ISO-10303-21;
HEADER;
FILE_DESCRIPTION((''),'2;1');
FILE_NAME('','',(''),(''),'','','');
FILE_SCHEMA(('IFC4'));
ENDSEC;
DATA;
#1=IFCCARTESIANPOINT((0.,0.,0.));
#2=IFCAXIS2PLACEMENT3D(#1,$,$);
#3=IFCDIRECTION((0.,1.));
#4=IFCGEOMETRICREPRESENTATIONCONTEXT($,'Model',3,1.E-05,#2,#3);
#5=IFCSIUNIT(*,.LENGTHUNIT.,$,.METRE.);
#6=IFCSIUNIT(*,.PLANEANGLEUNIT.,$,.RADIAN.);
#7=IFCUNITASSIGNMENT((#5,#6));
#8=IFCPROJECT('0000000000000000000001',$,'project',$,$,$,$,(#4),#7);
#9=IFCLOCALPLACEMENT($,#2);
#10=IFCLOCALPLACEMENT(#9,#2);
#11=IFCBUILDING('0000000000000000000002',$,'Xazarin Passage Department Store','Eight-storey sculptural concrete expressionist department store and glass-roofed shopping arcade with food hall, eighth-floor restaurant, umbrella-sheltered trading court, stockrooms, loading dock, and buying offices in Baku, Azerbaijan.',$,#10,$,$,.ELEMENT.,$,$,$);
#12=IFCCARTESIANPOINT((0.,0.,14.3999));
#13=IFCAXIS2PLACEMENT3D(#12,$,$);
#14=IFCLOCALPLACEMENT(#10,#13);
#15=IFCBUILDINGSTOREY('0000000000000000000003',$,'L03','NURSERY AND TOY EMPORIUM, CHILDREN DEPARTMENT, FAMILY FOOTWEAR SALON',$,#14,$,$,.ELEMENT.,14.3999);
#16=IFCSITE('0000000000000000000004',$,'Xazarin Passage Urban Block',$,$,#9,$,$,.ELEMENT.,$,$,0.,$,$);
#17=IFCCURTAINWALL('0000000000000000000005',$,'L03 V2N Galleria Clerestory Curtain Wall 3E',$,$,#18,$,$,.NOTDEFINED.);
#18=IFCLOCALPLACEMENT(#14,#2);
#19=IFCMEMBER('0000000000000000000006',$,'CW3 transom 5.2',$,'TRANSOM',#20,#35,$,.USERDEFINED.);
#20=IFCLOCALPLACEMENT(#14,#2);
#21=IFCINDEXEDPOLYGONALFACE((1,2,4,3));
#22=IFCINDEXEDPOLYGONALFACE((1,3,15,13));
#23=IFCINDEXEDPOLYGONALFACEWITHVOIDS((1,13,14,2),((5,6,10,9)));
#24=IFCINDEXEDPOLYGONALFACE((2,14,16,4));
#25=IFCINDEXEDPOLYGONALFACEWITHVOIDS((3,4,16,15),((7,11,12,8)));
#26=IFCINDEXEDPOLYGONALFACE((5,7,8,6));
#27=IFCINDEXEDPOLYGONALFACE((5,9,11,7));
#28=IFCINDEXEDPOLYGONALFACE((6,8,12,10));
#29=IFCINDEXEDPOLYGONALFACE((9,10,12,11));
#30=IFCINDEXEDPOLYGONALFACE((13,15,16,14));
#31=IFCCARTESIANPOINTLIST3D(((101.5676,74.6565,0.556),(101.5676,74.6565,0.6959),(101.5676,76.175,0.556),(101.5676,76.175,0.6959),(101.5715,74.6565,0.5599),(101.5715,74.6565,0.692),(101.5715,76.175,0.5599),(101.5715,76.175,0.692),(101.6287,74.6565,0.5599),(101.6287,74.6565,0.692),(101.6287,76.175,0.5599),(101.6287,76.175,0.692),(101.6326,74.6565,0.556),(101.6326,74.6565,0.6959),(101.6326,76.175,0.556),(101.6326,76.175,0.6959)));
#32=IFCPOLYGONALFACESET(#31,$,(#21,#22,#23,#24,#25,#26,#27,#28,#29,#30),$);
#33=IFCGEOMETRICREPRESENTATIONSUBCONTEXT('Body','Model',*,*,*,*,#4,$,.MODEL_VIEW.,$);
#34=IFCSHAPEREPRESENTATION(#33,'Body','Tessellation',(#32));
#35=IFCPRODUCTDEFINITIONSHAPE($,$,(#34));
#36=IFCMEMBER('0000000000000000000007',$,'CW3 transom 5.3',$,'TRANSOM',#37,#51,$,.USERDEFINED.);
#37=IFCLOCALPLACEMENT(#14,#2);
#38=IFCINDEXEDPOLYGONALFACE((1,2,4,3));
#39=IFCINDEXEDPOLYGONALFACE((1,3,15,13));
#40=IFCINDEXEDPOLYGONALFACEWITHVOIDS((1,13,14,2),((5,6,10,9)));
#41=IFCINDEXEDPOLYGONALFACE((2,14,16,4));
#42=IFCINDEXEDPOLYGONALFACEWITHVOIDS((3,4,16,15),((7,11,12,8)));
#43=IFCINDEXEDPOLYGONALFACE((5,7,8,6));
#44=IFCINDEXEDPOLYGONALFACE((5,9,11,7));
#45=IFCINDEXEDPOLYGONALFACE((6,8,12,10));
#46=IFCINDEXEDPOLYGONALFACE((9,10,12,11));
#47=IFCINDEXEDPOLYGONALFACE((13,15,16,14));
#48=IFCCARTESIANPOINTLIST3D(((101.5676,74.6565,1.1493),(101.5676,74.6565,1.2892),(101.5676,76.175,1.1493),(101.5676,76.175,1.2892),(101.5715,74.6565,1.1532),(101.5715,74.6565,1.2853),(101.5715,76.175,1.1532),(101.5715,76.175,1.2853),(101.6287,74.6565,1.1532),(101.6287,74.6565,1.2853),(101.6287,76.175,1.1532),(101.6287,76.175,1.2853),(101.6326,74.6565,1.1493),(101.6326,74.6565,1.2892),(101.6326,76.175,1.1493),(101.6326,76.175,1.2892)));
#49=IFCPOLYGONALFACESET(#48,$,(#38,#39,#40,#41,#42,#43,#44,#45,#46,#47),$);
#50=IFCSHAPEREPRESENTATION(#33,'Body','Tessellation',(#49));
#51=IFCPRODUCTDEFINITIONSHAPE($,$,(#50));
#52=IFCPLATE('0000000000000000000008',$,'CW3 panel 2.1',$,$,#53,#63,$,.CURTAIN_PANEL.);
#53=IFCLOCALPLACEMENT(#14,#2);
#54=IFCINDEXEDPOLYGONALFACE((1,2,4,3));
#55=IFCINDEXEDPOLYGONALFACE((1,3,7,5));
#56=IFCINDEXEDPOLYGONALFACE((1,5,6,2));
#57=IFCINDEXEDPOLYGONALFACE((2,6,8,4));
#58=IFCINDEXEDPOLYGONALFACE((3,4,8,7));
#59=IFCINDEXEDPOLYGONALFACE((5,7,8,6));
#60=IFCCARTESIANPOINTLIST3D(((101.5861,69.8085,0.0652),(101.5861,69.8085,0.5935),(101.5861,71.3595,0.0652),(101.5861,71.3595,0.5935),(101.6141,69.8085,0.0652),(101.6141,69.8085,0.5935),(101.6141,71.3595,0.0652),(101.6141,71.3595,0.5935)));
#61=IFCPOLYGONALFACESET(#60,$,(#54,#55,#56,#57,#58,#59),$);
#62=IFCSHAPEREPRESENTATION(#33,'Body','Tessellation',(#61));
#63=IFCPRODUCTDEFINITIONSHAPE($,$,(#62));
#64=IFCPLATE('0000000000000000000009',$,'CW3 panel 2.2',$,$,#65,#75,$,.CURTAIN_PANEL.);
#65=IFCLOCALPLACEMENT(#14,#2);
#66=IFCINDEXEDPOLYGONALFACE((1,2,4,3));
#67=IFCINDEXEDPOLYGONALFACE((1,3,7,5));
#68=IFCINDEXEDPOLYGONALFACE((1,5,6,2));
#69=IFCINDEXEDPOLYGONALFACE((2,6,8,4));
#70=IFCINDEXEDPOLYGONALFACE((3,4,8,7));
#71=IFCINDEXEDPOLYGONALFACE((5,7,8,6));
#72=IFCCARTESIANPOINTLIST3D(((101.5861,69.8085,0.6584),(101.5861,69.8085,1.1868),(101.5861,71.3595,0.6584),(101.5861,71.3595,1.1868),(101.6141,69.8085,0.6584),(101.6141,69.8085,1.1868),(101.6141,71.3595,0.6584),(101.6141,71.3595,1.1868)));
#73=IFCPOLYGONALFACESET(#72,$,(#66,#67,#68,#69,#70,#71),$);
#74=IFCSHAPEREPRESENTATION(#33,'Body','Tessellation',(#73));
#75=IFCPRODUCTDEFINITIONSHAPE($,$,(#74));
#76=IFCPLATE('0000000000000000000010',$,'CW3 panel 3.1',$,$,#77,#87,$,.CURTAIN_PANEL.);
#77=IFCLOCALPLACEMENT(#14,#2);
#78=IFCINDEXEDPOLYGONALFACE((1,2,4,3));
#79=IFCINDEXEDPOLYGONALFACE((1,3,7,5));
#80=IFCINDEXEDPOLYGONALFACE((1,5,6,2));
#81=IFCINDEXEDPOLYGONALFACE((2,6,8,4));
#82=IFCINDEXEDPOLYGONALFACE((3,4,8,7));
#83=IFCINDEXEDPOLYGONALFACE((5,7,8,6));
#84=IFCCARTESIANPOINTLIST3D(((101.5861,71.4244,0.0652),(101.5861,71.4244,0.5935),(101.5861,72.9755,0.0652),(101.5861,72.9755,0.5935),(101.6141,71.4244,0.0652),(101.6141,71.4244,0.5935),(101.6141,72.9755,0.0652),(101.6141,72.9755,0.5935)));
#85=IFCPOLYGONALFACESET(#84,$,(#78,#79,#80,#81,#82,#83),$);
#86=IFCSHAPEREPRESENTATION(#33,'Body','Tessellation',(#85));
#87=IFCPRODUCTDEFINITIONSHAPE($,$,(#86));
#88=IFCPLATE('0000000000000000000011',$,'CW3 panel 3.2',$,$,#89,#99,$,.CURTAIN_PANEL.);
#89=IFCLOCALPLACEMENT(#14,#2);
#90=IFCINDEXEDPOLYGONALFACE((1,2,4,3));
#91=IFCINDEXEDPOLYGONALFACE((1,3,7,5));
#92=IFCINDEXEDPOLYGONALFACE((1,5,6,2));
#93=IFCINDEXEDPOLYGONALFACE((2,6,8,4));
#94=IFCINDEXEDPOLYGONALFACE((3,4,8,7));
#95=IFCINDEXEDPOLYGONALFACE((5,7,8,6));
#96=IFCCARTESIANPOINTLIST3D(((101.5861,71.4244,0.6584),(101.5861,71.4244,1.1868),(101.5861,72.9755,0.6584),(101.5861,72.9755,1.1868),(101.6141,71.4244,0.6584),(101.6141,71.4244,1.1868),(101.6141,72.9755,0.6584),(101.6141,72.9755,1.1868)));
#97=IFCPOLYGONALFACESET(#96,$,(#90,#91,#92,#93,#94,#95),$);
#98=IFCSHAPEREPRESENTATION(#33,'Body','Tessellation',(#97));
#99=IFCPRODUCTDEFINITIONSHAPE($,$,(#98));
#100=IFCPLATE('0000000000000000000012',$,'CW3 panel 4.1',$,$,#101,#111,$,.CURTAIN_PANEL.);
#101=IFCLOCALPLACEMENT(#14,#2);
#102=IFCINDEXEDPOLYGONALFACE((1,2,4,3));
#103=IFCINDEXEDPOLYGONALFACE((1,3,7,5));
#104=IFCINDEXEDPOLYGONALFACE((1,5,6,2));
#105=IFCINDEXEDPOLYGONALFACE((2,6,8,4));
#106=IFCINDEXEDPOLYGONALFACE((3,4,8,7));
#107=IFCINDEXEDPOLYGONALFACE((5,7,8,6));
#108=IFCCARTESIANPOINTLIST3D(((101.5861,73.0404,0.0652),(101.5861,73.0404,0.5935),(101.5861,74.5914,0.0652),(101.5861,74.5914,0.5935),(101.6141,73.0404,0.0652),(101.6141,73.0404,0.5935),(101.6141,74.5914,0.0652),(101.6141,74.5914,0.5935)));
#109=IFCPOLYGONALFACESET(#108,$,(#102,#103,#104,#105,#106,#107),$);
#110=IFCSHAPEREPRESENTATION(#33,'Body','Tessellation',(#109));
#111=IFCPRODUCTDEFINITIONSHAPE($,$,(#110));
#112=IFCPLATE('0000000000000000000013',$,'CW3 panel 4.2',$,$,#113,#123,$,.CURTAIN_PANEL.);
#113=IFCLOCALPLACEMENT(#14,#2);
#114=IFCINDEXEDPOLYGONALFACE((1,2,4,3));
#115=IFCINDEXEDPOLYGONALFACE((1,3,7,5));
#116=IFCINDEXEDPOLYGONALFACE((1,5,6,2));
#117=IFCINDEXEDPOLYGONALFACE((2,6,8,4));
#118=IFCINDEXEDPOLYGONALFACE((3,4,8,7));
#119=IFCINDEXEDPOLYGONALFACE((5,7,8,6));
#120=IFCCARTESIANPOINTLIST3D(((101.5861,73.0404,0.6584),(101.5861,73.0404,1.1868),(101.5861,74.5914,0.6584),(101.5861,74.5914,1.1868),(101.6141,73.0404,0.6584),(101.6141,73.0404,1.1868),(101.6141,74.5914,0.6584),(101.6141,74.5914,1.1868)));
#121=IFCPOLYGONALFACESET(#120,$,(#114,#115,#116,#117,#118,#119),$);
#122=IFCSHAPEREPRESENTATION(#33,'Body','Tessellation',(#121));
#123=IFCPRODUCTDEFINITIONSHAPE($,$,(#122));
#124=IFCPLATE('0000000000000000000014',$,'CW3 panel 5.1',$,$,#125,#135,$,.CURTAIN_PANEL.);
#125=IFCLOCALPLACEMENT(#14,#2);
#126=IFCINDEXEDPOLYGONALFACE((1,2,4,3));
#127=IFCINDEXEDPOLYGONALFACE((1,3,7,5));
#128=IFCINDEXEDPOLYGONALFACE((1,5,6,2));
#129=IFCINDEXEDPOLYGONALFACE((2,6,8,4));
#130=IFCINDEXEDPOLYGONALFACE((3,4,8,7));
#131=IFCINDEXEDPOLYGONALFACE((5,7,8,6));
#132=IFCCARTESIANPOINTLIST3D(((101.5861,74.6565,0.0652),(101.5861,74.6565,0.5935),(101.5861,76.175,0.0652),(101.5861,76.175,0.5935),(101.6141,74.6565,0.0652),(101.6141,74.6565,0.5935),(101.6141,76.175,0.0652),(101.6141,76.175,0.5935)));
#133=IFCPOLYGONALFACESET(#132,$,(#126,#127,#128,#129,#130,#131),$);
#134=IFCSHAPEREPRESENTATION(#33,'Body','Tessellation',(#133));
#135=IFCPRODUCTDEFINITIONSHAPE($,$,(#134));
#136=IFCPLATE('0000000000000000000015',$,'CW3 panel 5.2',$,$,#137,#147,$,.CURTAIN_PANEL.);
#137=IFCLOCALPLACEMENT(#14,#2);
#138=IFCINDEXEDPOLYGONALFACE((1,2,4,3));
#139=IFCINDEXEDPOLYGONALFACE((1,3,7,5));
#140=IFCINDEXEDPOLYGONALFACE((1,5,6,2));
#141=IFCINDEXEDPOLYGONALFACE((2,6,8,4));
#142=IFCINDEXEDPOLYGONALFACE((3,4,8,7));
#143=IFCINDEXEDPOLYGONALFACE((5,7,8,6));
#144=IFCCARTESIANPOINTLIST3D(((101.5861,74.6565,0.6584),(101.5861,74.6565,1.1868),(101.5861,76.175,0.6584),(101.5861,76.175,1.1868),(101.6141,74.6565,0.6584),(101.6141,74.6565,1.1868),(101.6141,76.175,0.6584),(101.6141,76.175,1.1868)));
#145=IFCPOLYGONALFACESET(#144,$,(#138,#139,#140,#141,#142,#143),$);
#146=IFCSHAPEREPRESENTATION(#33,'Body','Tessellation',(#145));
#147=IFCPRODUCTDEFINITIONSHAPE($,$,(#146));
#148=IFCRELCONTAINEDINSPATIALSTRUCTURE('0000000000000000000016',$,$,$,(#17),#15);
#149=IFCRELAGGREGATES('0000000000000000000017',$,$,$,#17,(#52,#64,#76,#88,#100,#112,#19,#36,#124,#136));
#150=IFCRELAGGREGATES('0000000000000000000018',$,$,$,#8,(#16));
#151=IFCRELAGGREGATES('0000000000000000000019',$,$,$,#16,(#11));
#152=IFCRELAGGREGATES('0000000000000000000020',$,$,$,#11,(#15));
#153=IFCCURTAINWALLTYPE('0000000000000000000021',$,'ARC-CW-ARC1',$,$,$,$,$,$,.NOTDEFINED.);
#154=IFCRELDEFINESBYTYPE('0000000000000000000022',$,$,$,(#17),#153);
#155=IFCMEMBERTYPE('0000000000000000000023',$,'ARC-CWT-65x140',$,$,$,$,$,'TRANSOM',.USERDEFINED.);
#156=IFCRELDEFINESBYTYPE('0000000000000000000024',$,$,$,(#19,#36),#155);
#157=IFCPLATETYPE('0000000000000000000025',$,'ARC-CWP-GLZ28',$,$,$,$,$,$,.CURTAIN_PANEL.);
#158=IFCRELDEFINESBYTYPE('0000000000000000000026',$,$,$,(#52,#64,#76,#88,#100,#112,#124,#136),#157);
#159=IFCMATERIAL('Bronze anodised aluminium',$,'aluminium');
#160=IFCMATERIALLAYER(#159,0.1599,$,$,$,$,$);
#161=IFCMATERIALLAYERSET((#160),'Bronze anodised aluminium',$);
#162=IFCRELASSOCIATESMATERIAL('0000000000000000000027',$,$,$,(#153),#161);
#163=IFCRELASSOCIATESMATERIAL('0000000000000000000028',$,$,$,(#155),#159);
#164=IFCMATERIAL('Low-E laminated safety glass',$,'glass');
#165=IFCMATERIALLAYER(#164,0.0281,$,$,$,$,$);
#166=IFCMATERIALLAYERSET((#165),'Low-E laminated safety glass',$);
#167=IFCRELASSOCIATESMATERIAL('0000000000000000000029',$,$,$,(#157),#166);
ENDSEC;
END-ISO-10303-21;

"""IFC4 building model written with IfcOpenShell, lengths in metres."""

from ifc_helpers import new_model, si_unit, direction, frame, origin, origin_2d, place, context, subcontext, project, spatial, rectangle, hollow_rectangle, extrude, material, layer, layer_set, material_profile, profile_set, type_object, element, aggregate, save


model = new_model("IFC4")

# Units and contexts
model_context = context("Model", 3, precision=1e-05, world=origin(), true_north=direction((0.0, 1.0)))
body_context = subcontext(model_context, "Body", "Model", "MODEL_VIEW")
ifc_project = project(units=[si_unit("LENGTHUNIT", "METRE"), si_unit("PLANEANGLEUNIT", "RADIAN")], contexts=[model_context])

# Site, building, storey
site_placement = place(None, origin())
site = spatial("IfcSite", under=ifc_project, at=site_placement, Name="Xazarin Passage Urban Block", CompositionType="ELEMENT", RefElevation=0.0)
building_placement = place(site_placement, origin())
building = spatial("IfcBuilding", under=site, at=building_placement, Name="Xazarin Passage Department Store", Description="Eight-storey sculptural concrete expressionist department store and glass-roofed shopping arcade with food hall, eighth-floor restaurant, umbrella-sheltered trading court, stockrooms, loading dock, and buying offices in Baku, Azerbaijan.", CompositionType="ELEMENT")
storey_placement = place(building_placement, frame((0.0, 0.0, 14.3999)))
storey = spatial("IfcBuildingStorey", under=building, at=storey_placement, Name="L03", Description="NURSERY AND TOY EMPORIUM, CHILDREN DEPARTMENT, FAMILY FOOTWEAR SALON", CompositionType="ELEMENT", Elevation=14.3999)

# Curtain wall, members, plates
ifc_material_1 = material(Name="Bronze anodised aluminium", Category="aluminium")
ifc_layer_1 = layer(ifc_material_1, 0.1599)
ifc_layer_set_1 = layer_set([ifc_layer_1], Name="Bronze anodised aluminium")
curtain_wall_type = type_object("IfcCurtainWallType", Name="ARC-CW-ARC1", PredefinedType="NOTDEFINED", material=ifc_layer_set_1)
curtain_wall_placement = place(storey_placement, origin())
curtain_wall = element("IfcCurtainWall", 1, at=curtain_wall_placement, inside=storey, type_object=curtain_wall_type, Name="L03 V2N Galleria Clerestory Curtain Wall 3E", PredefinedType="NOTDEFINED")
ifc_material_profile_1 = material_profile(ifc_material_1, hollow_rectangle(XDim=0.0649, YDim=0.1399, WallThickness=0.0039, at=origin_2d()), Name="ALU 65x140")
ifc_profile_set_1 = profile_set([ifc_material_profile_1], Name="Bronze anodised aluminium")
member_type_1 = type_object("IfcMemberType", Name="ARC-CWT-65x140", ElementType="TRANSOM", PredefinedType="USERDEFINED", material=ifc_profile_set_1)
member_1_placement = place(storey_placement, frame((101.6001, 74.6565, 0.626), z_axis=(0.0, 1.0, 0.0), x_axis=(-1.0, 0.0, 0.0)))
member_1 = element("IfcMember", 2, at=member_1_placement, type_object=member_type_1, Name="CW3 transom 5.2", ObjectType="TRANSOM", PredefinedType="USERDEFINED", context=body_context, shape_type="SweptSolid", body=[
    extrude(hollow_rectangle(XDim=0.0649, YDim=0.1399, WallThickness=0.0039, at=origin_2d()), origin(), (0.0, 0.0, 1.0), 1.5186),
])
member_2_placement = place(storey_placement, frame((101.6001, 74.6565, 1.2192), z_axis=(0.0, 1.0, 0.0), x_axis=(-1.0, 0.0, 0.0)))
member_2 = element("IfcMember", 3, at=member_2_placement, type_object=member_type_1, Name="CW3 transom 5.3", ObjectType="TRANSOM", PredefinedType="USERDEFINED", context=body_context, shape_type="SweptSolid", body=[
    extrude(hollow_rectangle(XDim=0.0649, YDim=0.1399, WallThickness=0.0039, at=origin_2d()), origin(), (0.0, 0.0, 1.0), 1.5186),
])
ifc_material_2 = material(Name="Low-E laminated safety glass", Category="glass")
ifc_layer_2 = layer(ifc_material_2, 0.0281)
ifc_layer_set_2 = layer_set([ifc_layer_2], Name="Low-E laminated safety glass")
plate_type = type_object("IfcPlateType", Name="ARC-CWP-GLZ28", PredefinedType="CURTAIN_PANEL", material=ifc_layer_set_2)
plate_1_placement = place(storey_placement, frame((101.6001, 70.584, 0.0652), z_axis=(0.0, 0.0, 1.0), x_axis=(0.0, 1.0, 0.0)))
plate_1 = element("IfcPlate", 4, at=plate_1_placement, type_object=plate_type, Name="CW3 panel 2.1", PredefinedType="CURTAIN_PANEL", context=body_context, shape_type="SweptSolid", body=[
    extrude(rectangle(XDim=1.551, YDim=0.0281, at=origin_2d()), origin(), (0.0, 0.0, 1.0), 0.5283),
])
plate_2_placement = place(storey_placement, frame((101.6001, 70.584, 0.6584), z_axis=(0.0, 0.0, 1.0), x_axis=(0.0, 1.0, 0.0)))
plate_2 = element("IfcPlate", 5, at=plate_2_placement, type_object=plate_type, Name="CW3 panel 2.2", PredefinedType="CURTAIN_PANEL", context=body_context, shape_type="SweptSolid", body=[
    extrude(rectangle(XDim=1.551, YDim=0.0281, at=origin_2d()), origin(), (0.0, 0.0, 1.0), 0.5283),
])
plate_3_placement = place(storey_placement, frame((101.6001, 72.2, 0.0652), z_axis=(0.0, 0.0, 1.0), x_axis=(0.0, 1.0, 0.0)))
plate_3 = element("IfcPlate", 6, at=plate_3_placement, type_object=plate_type, Name="CW3 panel 3.1", PredefinedType="CURTAIN_PANEL", context=body_context, shape_type="SweptSolid", body=[
    extrude(rectangle(XDim=1.551, YDim=0.0281, at=origin_2d()), origin(), (0.0, 0.0, 1.0), 0.5283),
])
plate_4_placement = place(storey_placement, frame((101.6001, 72.2, 0.6584), z_axis=(0.0, 0.0, 1.0), x_axis=(0.0, 1.0, 0.0)))
plate_4 = element("IfcPlate", 7, at=plate_4_placement, type_object=plate_type, Name="CW3 panel 3.2", PredefinedType="CURTAIN_PANEL", context=body_context, shape_type="SweptSolid", body=[
    extrude(rectangle(XDim=1.551, YDim=0.0281, at=origin_2d()), origin(), (0.0, 0.0, 1.0), 0.5283),
])
plate_5_placement = place(storey_placement, frame((101.6001, 73.8159, 0.0652), z_axis=(0.0, 0.0, 1.0), x_axis=(0.0, 1.0, 0.0)))
plate_5 = element("IfcPlate", 8, at=plate_5_placement, type_object=plate_type, Name="CW3 panel 4.1", PredefinedType="CURTAIN_PANEL", context=body_context, shape_type="SweptSolid", body=[
    extrude(rectangle(XDim=1.551, YDim=0.0281, at=origin_2d()), origin(), (0.0, 0.0, 1.0), 0.5283),
])
plate_6_placement = place(storey_placement, frame((101.6001, 73.8159, 0.6584), z_axis=(0.0, 0.0, 1.0), x_axis=(0.0, 1.0, 0.0)))
plate_6 = element("IfcPlate", 9, at=plate_6_placement, type_object=plate_type, Name="CW3 panel 4.2", PredefinedType="CURTAIN_PANEL", context=body_context, shape_type="SweptSolid", body=[
    extrude(rectangle(XDim=1.551, YDim=0.0281, at=origin_2d()), origin(), (0.0, 0.0, 1.0), 0.5283),
])
plate_7_placement = place(storey_placement, frame((101.6001, 75.4158, 0.0652), z_axis=(0.0, 0.0, 1.0), x_axis=(0.0, 1.0, 0.0)))
plate_7 = element("IfcPlate", 10, at=plate_7_placement, type_object=plate_type, Name="CW3 panel 5.1", PredefinedType="CURTAIN_PANEL", context=body_context, shape_type="SweptSolid", body=[
    extrude(rectangle(XDim=1.5186, YDim=0.0281, at=origin_2d()), origin(), (0.0, 0.0, 1.0), 0.5283),
])
plate_8_placement = place(storey_placement, frame((101.6001, 75.4158, 0.6584), z_axis=(0.0, 0.0, 1.0), x_axis=(0.0, 1.0, 0.0)))
plate_8 = element("IfcPlate", 11, at=plate_8_placement, type_object=plate_type, Name="CW3 panel 5.2", PredefinedType="CURTAIN_PANEL", context=body_context, shape_type="SweptSolid", body=[
    extrude(rectangle(XDim=1.5186, YDim=0.0281, at=origin_2d()), origin(), (0.0, 0.0, 1.0), 0.5283),
])
aggregate(curtain_wall, [plate_1, plate_2, plate_3, plate_4, plate_5, plate_6, member_1, member_2, plate_7, plate_8])

save(model, "model.ifc")
